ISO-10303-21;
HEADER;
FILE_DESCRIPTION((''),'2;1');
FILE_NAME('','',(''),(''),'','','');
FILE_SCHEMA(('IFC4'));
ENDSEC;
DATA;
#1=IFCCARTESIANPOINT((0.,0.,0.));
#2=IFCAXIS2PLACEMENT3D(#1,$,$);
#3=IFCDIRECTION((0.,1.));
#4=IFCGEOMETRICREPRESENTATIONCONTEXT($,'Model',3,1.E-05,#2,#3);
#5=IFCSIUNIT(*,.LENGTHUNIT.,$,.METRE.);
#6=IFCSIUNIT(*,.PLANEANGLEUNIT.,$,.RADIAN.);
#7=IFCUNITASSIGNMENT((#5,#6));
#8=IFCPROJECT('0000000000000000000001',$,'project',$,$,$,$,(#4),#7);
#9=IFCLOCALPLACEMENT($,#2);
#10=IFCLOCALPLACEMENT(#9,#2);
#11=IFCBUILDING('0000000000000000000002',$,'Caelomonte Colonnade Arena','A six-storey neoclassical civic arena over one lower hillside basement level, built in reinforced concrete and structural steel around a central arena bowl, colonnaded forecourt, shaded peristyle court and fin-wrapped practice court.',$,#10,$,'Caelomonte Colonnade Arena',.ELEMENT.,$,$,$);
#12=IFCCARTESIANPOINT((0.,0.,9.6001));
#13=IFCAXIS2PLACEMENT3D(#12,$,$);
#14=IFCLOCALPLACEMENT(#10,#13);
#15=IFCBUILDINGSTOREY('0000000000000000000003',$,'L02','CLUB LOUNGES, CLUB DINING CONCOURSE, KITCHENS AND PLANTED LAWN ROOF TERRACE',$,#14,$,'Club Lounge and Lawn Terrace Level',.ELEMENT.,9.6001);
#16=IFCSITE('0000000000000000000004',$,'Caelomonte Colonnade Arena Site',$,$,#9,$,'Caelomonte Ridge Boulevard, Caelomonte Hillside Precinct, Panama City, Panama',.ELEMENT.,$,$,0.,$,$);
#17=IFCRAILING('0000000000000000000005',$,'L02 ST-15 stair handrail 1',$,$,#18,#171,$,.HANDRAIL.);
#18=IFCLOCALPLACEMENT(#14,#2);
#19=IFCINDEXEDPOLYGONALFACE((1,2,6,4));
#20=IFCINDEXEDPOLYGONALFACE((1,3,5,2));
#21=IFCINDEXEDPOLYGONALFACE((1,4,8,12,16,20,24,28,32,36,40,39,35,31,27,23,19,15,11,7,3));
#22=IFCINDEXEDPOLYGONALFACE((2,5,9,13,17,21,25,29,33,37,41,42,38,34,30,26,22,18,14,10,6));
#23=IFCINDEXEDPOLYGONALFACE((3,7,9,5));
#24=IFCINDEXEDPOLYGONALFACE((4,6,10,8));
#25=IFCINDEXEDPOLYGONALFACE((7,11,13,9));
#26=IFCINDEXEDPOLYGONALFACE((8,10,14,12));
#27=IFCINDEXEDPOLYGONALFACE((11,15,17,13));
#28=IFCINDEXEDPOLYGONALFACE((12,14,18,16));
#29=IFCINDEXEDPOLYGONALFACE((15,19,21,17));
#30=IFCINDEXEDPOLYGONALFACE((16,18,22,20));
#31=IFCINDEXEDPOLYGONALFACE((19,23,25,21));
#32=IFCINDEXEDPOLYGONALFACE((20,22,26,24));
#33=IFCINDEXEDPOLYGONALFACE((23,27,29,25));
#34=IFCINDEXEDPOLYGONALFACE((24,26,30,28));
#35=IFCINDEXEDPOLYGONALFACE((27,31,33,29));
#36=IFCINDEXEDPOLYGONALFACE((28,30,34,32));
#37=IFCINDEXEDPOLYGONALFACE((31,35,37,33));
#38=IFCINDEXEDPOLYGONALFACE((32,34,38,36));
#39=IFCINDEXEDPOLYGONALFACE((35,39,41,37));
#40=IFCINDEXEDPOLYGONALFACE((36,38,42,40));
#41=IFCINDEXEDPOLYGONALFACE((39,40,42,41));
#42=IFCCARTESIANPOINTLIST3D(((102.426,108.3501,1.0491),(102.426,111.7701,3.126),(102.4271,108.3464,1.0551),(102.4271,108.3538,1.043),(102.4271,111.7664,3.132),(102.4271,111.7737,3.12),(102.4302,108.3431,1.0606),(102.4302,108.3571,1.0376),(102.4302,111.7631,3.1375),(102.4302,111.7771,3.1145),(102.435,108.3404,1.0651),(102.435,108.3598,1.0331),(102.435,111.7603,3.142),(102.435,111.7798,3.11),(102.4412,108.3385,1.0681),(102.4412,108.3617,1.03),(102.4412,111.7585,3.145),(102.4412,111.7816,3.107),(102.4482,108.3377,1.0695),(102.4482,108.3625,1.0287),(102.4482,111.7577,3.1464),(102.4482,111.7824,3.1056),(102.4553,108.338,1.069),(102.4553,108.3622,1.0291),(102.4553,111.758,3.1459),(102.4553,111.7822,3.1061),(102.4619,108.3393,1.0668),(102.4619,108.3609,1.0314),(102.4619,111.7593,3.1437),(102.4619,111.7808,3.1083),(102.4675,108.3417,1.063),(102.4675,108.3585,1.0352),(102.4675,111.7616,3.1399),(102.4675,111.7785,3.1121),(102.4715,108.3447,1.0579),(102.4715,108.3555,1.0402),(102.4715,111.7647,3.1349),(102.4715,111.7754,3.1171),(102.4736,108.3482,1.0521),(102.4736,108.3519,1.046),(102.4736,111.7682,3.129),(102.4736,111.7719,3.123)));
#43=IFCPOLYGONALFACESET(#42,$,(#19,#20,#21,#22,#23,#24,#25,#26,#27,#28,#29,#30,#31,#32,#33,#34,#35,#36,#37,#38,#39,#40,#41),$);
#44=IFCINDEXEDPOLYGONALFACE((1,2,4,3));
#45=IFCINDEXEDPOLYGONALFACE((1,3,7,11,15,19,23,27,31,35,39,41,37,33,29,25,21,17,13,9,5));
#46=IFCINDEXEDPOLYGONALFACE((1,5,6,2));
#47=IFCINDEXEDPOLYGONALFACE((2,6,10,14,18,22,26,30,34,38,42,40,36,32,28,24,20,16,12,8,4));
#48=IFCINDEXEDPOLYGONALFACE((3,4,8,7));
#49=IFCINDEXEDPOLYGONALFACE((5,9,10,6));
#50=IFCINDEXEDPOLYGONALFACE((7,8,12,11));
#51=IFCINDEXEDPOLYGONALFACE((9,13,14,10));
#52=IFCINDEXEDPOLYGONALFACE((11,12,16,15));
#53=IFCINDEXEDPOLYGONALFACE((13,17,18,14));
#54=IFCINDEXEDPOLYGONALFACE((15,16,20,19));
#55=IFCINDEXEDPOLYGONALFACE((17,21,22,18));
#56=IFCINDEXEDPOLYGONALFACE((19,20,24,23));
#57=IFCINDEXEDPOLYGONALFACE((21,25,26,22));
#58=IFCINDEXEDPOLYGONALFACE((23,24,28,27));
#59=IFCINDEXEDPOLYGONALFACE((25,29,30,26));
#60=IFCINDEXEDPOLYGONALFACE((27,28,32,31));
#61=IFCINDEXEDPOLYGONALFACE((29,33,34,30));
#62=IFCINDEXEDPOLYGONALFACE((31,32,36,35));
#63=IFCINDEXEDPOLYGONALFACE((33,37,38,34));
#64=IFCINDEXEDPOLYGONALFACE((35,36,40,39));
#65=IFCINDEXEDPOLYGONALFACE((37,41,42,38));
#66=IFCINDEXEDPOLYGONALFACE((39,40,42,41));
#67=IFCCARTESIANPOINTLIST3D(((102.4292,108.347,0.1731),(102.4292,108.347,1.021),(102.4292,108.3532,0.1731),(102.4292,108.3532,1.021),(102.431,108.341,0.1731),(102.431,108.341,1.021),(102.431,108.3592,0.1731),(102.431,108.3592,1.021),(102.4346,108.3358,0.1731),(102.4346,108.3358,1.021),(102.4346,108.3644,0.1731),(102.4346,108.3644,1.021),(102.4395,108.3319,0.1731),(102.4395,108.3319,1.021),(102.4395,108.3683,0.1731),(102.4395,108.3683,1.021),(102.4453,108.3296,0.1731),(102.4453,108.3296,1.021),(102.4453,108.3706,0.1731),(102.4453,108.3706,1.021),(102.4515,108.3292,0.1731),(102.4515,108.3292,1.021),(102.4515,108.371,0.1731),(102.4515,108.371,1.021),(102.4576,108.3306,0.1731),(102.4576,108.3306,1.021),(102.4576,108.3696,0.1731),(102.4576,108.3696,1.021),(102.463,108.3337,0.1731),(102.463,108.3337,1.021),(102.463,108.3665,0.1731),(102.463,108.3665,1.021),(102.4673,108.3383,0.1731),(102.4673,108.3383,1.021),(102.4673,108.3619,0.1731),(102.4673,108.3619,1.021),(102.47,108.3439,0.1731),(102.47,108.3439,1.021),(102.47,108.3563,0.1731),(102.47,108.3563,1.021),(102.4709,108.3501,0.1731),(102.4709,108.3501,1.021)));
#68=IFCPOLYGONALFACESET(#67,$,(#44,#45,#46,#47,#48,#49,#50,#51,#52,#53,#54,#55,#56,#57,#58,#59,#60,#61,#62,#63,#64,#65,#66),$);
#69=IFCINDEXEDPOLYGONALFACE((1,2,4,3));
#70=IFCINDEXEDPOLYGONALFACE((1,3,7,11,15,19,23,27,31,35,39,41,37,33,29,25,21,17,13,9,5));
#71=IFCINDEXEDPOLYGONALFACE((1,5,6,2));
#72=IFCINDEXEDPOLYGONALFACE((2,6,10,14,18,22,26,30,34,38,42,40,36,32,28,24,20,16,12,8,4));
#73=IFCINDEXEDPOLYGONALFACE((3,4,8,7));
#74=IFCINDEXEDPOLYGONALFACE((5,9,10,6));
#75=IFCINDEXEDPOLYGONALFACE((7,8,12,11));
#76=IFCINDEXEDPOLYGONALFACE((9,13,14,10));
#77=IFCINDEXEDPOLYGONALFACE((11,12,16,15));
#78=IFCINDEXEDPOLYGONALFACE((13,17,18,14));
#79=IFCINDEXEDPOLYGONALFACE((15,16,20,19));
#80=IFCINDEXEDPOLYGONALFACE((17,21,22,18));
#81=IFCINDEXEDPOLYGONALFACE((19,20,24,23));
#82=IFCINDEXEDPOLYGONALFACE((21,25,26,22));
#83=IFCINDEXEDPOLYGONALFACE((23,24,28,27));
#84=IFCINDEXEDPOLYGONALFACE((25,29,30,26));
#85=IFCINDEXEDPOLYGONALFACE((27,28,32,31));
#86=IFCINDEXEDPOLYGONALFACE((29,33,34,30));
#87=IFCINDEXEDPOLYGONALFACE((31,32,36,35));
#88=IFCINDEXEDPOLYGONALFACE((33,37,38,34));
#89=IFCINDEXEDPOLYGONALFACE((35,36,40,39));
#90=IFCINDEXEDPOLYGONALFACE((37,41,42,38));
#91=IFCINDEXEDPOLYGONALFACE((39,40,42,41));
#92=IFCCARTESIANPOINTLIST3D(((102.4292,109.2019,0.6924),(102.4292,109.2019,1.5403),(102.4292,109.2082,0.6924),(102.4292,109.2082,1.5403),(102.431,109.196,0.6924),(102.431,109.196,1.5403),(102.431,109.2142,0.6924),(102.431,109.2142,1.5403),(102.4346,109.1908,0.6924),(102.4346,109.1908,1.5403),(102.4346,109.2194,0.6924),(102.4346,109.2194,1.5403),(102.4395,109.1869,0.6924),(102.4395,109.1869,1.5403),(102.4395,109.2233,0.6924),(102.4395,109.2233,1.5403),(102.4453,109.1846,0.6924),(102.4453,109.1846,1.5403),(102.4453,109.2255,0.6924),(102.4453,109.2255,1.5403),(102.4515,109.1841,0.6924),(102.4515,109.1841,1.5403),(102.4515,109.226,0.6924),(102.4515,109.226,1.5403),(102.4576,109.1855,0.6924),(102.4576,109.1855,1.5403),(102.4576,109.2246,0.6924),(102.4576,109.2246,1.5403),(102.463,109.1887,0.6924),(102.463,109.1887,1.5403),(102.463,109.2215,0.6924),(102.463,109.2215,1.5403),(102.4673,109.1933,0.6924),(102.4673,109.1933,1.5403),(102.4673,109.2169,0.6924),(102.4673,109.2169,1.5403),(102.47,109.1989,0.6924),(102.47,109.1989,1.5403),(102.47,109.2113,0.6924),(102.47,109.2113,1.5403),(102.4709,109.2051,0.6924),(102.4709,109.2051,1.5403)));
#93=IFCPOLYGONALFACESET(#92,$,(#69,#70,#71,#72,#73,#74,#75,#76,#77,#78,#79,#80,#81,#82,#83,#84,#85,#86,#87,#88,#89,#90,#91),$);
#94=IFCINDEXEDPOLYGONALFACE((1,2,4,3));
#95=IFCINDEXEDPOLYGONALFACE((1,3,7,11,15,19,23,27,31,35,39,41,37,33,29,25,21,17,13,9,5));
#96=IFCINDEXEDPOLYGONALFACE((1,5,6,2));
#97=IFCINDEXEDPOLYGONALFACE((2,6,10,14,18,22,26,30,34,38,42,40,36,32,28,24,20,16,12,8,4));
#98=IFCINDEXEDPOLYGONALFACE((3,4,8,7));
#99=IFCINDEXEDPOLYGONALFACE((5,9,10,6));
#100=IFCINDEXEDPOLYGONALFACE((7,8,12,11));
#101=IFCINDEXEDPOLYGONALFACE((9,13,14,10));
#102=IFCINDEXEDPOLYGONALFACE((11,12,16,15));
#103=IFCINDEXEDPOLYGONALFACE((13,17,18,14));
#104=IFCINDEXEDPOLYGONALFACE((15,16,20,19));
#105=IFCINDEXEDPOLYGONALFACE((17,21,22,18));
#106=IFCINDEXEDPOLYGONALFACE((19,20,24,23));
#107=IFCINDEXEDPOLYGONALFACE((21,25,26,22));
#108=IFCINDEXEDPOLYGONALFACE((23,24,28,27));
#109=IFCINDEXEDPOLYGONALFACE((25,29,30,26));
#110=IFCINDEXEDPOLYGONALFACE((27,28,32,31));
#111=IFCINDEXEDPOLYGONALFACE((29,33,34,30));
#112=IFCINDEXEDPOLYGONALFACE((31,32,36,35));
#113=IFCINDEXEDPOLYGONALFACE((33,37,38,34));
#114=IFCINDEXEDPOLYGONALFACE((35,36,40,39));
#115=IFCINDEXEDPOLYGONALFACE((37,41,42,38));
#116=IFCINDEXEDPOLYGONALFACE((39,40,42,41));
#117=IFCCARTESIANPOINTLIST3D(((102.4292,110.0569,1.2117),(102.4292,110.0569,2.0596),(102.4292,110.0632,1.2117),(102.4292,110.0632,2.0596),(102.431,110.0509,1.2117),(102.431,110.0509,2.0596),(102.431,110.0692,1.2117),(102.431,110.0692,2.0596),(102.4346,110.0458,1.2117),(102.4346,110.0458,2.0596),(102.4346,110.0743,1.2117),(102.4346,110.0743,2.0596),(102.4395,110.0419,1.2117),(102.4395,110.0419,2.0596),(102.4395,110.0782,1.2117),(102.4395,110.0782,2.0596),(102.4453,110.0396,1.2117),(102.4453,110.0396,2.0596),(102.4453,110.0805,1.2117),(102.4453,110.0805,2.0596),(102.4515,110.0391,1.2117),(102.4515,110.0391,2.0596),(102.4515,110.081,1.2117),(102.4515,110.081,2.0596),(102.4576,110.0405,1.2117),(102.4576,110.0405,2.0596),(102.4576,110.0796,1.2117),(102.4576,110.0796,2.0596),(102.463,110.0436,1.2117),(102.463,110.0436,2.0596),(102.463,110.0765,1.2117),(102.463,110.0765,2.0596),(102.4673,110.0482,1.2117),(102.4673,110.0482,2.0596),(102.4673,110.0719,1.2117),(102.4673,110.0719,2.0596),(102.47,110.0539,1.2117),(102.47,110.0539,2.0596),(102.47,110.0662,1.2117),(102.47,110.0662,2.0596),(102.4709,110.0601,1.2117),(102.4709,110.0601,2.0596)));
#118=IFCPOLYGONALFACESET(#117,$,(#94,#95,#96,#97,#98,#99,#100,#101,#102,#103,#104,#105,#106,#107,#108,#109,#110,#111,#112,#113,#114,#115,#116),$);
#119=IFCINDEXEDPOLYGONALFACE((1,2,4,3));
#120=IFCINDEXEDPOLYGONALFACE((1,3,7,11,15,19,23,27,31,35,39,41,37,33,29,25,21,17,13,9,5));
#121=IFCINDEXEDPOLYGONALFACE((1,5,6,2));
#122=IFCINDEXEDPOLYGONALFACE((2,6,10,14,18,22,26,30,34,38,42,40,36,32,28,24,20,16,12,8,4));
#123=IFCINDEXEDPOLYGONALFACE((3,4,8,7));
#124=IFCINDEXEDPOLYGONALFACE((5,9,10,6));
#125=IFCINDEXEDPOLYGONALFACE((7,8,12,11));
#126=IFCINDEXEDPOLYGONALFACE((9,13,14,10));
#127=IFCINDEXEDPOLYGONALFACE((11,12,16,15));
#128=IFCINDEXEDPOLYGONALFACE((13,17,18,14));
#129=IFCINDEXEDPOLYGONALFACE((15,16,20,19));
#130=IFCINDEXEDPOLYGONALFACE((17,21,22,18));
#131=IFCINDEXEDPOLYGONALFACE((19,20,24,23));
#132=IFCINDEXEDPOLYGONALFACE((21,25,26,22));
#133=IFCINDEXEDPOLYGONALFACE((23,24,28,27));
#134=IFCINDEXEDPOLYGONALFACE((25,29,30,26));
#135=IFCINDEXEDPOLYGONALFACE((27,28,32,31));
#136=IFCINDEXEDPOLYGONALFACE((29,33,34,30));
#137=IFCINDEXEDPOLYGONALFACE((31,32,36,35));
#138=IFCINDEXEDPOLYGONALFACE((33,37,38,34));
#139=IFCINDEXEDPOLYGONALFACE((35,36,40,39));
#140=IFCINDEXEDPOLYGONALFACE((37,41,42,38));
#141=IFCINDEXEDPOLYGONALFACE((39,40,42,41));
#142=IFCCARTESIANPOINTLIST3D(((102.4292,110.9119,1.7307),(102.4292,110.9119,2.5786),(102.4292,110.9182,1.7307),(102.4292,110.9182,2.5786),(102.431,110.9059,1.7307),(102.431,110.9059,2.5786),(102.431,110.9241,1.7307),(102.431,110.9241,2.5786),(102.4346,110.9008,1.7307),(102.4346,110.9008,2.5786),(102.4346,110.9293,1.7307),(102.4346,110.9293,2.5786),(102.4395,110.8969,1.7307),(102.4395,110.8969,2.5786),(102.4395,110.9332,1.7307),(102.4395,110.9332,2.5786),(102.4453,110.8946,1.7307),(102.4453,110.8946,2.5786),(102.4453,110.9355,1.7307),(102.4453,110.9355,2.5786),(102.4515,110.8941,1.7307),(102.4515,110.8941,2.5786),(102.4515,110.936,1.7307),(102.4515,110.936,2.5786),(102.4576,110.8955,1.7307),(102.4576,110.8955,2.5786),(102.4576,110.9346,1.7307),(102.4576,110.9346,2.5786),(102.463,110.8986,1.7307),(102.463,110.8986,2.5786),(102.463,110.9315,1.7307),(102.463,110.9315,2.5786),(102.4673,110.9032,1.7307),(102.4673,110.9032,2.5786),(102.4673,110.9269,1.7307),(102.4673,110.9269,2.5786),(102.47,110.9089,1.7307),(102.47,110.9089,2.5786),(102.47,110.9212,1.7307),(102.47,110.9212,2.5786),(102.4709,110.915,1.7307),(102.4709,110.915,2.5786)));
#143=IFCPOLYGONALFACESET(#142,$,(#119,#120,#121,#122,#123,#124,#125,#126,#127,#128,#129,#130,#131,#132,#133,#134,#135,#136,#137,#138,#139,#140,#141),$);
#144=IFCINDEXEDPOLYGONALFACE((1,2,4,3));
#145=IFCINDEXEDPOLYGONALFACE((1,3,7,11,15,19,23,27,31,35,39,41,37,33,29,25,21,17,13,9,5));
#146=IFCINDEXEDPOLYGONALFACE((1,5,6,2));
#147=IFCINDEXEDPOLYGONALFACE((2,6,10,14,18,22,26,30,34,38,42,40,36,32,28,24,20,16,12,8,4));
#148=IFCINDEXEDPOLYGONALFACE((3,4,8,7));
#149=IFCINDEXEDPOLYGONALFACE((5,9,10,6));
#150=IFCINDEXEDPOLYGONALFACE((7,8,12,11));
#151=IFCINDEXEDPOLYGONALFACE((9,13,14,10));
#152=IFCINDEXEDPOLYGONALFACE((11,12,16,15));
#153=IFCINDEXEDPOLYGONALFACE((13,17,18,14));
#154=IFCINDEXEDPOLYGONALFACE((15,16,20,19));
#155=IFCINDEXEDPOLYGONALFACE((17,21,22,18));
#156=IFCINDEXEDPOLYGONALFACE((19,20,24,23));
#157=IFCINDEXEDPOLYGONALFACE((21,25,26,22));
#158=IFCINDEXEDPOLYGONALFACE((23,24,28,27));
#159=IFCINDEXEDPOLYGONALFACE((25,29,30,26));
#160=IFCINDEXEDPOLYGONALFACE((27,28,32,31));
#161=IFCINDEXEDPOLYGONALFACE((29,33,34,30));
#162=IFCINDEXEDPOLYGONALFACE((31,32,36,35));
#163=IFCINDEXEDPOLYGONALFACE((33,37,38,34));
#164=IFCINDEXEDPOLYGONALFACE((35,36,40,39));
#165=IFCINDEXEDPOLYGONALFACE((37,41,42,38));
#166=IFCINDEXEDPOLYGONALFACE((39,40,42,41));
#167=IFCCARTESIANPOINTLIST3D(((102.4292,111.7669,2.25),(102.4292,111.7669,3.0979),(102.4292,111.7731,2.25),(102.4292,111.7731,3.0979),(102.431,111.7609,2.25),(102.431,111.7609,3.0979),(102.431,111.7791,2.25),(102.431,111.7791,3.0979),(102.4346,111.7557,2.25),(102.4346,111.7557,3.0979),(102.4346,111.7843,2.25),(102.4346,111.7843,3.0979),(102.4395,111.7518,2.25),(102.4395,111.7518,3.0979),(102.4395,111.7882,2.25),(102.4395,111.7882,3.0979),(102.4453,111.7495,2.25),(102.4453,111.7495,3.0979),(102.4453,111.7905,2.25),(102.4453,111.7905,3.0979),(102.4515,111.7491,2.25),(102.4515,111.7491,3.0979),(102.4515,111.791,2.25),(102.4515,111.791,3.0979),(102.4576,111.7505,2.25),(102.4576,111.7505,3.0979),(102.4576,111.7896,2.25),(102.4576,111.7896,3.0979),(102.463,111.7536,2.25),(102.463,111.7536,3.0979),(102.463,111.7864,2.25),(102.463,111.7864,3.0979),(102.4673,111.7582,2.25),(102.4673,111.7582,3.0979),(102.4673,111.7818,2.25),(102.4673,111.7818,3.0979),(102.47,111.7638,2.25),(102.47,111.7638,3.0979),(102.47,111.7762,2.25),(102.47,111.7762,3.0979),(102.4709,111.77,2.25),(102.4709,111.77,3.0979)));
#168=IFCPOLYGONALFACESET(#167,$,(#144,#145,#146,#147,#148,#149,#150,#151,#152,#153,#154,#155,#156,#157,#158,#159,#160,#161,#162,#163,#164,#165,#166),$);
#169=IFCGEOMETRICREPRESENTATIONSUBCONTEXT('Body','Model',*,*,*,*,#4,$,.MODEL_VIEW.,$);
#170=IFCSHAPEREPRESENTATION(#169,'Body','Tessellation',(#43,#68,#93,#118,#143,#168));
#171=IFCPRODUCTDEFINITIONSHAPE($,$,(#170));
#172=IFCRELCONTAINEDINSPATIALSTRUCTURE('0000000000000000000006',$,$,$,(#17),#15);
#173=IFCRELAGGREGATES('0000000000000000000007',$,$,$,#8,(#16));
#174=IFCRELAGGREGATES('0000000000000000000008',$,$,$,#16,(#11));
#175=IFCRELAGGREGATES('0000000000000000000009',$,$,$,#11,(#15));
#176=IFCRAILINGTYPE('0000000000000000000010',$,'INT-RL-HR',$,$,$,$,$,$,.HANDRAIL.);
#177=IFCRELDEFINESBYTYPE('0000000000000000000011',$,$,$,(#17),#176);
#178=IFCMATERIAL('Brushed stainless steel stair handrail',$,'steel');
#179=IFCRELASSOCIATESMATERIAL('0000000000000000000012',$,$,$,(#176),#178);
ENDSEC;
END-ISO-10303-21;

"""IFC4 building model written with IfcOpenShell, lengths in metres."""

from ifc_helpers import new_model, si_unit, direction, frame, origin, origin_2d, place, context, subcontext, project, spatial, circle, extrude, material, type_object, element, save


model = new_model("IFC4")

# Units and contexts
model_context = context("Model", 3, precision=1e-05, world=origin(), true_north=direction((0.0, 1.0)))
body_context = subcontext(model_context, "Body", "Model", "MODEL_VIEW")
ifc_project = project(units=[si_unit("LENGTHUNIT", "METRE"), si_unit("PLANEANGLEUNIT", "RADIAN")], contexts=[model_context])

# Site, building, storey
site_placement = place(None, origin())
site = spatial("IfcSite", under=ifc_project, at=site_placement, Name="Caelomonte Colonnade Arena Site", LongName="Caelomonte Ridge Boulevard, Caelomonte Hillside Precinct, Panama City, Panama", CompositionType="ELEMENT", RefElevation=0.0)
building_placement = place(site_placement, origin())
building = spatial("IfcBuilding", under=site, at=building_placement, Name="Caelomonte Colonnade Arena", Description="A six-storey neoclassical civic arena over one lower hillside basement level, built in reinforced concrete and structural steel around a central arena bowl, colonnaded forecourt, shaded peristyle court and fin-wrapped practice court.", LongName="Caelomonte Colonnade Arena", CompositionType="ELEMENT")
storey_placement = place(building_placement, frame((0.0, 0.0, 9.6001)))
storey = spatial("IfcBuildingStorey", under=building, at=storey_placement, Name="L02", Description="CLUB LOUNGES, CLUB DINING CONCOURSE, KITCHENS AND PLANTED LAWN ROOF TERRACE", LongName="Club Lounge and Lawn Terrace Level", CompositionType="ELEMENT", Elevation=9.6001)

# Railing
ifc_material_1 = material(Name="Brushed stainless steel stair handrail", Category="steel")
railing_type_1 = type_object("IfcRailingType", Name="INT-RL-HR", PredefinedType="HANDRAIL", material=ifc_material_1)
railing_1_placement = place(storey_placement, frame((102.45, 108.3501, 0.1731)))
element("IfcRailing", 1, at=railing_1_placement, inside=storey, type_object=railing_type_1, Name="L02 ST-15 stair handrail 1", PredefinedType="HANDRAIL", context=body_context, shape_type="SweptSolid", body=[
    extrude(circle(Radius=0.0239, at=origin_2d()), frame((0.0, 0.0, 0.876), z_axis=(0.0, 0.85473, 0.519074), x_axis=(-1.0, 0.0, 0.0)), (0.0, 0.0, 1.0), 4.0012),
    extrude(circle(Radius=0.021, at=origin_2d()), origin(), (0.0, 0.0, 1.0), 0.8479),
    extrude(circle(Radius=0.021, at=origin_2d()), frame((0.0, 0.855, 0.5193)), (0.0, 0.0, 1.0), 0.8479),
    extrude(circle(Radius=0.021, at=origin_2d()), frame((0.0, 1.71, 1.0386)), (0.0, 0.0, 1.0), 0.8479),
    extrude(circle(Radius=0.021, at=origin_2d()), frame((0.0, 2.5649, 1.5576)), (0.0, 0.0, 1.0), 0.8479),
    extrude(circle(Radius=0.021, at=origin_2d()), frame((0.0, 3.4199, 2.0769)), (0.0, 0.0, 1.0), 0.8479),
])

save(model, "model.ifc")
